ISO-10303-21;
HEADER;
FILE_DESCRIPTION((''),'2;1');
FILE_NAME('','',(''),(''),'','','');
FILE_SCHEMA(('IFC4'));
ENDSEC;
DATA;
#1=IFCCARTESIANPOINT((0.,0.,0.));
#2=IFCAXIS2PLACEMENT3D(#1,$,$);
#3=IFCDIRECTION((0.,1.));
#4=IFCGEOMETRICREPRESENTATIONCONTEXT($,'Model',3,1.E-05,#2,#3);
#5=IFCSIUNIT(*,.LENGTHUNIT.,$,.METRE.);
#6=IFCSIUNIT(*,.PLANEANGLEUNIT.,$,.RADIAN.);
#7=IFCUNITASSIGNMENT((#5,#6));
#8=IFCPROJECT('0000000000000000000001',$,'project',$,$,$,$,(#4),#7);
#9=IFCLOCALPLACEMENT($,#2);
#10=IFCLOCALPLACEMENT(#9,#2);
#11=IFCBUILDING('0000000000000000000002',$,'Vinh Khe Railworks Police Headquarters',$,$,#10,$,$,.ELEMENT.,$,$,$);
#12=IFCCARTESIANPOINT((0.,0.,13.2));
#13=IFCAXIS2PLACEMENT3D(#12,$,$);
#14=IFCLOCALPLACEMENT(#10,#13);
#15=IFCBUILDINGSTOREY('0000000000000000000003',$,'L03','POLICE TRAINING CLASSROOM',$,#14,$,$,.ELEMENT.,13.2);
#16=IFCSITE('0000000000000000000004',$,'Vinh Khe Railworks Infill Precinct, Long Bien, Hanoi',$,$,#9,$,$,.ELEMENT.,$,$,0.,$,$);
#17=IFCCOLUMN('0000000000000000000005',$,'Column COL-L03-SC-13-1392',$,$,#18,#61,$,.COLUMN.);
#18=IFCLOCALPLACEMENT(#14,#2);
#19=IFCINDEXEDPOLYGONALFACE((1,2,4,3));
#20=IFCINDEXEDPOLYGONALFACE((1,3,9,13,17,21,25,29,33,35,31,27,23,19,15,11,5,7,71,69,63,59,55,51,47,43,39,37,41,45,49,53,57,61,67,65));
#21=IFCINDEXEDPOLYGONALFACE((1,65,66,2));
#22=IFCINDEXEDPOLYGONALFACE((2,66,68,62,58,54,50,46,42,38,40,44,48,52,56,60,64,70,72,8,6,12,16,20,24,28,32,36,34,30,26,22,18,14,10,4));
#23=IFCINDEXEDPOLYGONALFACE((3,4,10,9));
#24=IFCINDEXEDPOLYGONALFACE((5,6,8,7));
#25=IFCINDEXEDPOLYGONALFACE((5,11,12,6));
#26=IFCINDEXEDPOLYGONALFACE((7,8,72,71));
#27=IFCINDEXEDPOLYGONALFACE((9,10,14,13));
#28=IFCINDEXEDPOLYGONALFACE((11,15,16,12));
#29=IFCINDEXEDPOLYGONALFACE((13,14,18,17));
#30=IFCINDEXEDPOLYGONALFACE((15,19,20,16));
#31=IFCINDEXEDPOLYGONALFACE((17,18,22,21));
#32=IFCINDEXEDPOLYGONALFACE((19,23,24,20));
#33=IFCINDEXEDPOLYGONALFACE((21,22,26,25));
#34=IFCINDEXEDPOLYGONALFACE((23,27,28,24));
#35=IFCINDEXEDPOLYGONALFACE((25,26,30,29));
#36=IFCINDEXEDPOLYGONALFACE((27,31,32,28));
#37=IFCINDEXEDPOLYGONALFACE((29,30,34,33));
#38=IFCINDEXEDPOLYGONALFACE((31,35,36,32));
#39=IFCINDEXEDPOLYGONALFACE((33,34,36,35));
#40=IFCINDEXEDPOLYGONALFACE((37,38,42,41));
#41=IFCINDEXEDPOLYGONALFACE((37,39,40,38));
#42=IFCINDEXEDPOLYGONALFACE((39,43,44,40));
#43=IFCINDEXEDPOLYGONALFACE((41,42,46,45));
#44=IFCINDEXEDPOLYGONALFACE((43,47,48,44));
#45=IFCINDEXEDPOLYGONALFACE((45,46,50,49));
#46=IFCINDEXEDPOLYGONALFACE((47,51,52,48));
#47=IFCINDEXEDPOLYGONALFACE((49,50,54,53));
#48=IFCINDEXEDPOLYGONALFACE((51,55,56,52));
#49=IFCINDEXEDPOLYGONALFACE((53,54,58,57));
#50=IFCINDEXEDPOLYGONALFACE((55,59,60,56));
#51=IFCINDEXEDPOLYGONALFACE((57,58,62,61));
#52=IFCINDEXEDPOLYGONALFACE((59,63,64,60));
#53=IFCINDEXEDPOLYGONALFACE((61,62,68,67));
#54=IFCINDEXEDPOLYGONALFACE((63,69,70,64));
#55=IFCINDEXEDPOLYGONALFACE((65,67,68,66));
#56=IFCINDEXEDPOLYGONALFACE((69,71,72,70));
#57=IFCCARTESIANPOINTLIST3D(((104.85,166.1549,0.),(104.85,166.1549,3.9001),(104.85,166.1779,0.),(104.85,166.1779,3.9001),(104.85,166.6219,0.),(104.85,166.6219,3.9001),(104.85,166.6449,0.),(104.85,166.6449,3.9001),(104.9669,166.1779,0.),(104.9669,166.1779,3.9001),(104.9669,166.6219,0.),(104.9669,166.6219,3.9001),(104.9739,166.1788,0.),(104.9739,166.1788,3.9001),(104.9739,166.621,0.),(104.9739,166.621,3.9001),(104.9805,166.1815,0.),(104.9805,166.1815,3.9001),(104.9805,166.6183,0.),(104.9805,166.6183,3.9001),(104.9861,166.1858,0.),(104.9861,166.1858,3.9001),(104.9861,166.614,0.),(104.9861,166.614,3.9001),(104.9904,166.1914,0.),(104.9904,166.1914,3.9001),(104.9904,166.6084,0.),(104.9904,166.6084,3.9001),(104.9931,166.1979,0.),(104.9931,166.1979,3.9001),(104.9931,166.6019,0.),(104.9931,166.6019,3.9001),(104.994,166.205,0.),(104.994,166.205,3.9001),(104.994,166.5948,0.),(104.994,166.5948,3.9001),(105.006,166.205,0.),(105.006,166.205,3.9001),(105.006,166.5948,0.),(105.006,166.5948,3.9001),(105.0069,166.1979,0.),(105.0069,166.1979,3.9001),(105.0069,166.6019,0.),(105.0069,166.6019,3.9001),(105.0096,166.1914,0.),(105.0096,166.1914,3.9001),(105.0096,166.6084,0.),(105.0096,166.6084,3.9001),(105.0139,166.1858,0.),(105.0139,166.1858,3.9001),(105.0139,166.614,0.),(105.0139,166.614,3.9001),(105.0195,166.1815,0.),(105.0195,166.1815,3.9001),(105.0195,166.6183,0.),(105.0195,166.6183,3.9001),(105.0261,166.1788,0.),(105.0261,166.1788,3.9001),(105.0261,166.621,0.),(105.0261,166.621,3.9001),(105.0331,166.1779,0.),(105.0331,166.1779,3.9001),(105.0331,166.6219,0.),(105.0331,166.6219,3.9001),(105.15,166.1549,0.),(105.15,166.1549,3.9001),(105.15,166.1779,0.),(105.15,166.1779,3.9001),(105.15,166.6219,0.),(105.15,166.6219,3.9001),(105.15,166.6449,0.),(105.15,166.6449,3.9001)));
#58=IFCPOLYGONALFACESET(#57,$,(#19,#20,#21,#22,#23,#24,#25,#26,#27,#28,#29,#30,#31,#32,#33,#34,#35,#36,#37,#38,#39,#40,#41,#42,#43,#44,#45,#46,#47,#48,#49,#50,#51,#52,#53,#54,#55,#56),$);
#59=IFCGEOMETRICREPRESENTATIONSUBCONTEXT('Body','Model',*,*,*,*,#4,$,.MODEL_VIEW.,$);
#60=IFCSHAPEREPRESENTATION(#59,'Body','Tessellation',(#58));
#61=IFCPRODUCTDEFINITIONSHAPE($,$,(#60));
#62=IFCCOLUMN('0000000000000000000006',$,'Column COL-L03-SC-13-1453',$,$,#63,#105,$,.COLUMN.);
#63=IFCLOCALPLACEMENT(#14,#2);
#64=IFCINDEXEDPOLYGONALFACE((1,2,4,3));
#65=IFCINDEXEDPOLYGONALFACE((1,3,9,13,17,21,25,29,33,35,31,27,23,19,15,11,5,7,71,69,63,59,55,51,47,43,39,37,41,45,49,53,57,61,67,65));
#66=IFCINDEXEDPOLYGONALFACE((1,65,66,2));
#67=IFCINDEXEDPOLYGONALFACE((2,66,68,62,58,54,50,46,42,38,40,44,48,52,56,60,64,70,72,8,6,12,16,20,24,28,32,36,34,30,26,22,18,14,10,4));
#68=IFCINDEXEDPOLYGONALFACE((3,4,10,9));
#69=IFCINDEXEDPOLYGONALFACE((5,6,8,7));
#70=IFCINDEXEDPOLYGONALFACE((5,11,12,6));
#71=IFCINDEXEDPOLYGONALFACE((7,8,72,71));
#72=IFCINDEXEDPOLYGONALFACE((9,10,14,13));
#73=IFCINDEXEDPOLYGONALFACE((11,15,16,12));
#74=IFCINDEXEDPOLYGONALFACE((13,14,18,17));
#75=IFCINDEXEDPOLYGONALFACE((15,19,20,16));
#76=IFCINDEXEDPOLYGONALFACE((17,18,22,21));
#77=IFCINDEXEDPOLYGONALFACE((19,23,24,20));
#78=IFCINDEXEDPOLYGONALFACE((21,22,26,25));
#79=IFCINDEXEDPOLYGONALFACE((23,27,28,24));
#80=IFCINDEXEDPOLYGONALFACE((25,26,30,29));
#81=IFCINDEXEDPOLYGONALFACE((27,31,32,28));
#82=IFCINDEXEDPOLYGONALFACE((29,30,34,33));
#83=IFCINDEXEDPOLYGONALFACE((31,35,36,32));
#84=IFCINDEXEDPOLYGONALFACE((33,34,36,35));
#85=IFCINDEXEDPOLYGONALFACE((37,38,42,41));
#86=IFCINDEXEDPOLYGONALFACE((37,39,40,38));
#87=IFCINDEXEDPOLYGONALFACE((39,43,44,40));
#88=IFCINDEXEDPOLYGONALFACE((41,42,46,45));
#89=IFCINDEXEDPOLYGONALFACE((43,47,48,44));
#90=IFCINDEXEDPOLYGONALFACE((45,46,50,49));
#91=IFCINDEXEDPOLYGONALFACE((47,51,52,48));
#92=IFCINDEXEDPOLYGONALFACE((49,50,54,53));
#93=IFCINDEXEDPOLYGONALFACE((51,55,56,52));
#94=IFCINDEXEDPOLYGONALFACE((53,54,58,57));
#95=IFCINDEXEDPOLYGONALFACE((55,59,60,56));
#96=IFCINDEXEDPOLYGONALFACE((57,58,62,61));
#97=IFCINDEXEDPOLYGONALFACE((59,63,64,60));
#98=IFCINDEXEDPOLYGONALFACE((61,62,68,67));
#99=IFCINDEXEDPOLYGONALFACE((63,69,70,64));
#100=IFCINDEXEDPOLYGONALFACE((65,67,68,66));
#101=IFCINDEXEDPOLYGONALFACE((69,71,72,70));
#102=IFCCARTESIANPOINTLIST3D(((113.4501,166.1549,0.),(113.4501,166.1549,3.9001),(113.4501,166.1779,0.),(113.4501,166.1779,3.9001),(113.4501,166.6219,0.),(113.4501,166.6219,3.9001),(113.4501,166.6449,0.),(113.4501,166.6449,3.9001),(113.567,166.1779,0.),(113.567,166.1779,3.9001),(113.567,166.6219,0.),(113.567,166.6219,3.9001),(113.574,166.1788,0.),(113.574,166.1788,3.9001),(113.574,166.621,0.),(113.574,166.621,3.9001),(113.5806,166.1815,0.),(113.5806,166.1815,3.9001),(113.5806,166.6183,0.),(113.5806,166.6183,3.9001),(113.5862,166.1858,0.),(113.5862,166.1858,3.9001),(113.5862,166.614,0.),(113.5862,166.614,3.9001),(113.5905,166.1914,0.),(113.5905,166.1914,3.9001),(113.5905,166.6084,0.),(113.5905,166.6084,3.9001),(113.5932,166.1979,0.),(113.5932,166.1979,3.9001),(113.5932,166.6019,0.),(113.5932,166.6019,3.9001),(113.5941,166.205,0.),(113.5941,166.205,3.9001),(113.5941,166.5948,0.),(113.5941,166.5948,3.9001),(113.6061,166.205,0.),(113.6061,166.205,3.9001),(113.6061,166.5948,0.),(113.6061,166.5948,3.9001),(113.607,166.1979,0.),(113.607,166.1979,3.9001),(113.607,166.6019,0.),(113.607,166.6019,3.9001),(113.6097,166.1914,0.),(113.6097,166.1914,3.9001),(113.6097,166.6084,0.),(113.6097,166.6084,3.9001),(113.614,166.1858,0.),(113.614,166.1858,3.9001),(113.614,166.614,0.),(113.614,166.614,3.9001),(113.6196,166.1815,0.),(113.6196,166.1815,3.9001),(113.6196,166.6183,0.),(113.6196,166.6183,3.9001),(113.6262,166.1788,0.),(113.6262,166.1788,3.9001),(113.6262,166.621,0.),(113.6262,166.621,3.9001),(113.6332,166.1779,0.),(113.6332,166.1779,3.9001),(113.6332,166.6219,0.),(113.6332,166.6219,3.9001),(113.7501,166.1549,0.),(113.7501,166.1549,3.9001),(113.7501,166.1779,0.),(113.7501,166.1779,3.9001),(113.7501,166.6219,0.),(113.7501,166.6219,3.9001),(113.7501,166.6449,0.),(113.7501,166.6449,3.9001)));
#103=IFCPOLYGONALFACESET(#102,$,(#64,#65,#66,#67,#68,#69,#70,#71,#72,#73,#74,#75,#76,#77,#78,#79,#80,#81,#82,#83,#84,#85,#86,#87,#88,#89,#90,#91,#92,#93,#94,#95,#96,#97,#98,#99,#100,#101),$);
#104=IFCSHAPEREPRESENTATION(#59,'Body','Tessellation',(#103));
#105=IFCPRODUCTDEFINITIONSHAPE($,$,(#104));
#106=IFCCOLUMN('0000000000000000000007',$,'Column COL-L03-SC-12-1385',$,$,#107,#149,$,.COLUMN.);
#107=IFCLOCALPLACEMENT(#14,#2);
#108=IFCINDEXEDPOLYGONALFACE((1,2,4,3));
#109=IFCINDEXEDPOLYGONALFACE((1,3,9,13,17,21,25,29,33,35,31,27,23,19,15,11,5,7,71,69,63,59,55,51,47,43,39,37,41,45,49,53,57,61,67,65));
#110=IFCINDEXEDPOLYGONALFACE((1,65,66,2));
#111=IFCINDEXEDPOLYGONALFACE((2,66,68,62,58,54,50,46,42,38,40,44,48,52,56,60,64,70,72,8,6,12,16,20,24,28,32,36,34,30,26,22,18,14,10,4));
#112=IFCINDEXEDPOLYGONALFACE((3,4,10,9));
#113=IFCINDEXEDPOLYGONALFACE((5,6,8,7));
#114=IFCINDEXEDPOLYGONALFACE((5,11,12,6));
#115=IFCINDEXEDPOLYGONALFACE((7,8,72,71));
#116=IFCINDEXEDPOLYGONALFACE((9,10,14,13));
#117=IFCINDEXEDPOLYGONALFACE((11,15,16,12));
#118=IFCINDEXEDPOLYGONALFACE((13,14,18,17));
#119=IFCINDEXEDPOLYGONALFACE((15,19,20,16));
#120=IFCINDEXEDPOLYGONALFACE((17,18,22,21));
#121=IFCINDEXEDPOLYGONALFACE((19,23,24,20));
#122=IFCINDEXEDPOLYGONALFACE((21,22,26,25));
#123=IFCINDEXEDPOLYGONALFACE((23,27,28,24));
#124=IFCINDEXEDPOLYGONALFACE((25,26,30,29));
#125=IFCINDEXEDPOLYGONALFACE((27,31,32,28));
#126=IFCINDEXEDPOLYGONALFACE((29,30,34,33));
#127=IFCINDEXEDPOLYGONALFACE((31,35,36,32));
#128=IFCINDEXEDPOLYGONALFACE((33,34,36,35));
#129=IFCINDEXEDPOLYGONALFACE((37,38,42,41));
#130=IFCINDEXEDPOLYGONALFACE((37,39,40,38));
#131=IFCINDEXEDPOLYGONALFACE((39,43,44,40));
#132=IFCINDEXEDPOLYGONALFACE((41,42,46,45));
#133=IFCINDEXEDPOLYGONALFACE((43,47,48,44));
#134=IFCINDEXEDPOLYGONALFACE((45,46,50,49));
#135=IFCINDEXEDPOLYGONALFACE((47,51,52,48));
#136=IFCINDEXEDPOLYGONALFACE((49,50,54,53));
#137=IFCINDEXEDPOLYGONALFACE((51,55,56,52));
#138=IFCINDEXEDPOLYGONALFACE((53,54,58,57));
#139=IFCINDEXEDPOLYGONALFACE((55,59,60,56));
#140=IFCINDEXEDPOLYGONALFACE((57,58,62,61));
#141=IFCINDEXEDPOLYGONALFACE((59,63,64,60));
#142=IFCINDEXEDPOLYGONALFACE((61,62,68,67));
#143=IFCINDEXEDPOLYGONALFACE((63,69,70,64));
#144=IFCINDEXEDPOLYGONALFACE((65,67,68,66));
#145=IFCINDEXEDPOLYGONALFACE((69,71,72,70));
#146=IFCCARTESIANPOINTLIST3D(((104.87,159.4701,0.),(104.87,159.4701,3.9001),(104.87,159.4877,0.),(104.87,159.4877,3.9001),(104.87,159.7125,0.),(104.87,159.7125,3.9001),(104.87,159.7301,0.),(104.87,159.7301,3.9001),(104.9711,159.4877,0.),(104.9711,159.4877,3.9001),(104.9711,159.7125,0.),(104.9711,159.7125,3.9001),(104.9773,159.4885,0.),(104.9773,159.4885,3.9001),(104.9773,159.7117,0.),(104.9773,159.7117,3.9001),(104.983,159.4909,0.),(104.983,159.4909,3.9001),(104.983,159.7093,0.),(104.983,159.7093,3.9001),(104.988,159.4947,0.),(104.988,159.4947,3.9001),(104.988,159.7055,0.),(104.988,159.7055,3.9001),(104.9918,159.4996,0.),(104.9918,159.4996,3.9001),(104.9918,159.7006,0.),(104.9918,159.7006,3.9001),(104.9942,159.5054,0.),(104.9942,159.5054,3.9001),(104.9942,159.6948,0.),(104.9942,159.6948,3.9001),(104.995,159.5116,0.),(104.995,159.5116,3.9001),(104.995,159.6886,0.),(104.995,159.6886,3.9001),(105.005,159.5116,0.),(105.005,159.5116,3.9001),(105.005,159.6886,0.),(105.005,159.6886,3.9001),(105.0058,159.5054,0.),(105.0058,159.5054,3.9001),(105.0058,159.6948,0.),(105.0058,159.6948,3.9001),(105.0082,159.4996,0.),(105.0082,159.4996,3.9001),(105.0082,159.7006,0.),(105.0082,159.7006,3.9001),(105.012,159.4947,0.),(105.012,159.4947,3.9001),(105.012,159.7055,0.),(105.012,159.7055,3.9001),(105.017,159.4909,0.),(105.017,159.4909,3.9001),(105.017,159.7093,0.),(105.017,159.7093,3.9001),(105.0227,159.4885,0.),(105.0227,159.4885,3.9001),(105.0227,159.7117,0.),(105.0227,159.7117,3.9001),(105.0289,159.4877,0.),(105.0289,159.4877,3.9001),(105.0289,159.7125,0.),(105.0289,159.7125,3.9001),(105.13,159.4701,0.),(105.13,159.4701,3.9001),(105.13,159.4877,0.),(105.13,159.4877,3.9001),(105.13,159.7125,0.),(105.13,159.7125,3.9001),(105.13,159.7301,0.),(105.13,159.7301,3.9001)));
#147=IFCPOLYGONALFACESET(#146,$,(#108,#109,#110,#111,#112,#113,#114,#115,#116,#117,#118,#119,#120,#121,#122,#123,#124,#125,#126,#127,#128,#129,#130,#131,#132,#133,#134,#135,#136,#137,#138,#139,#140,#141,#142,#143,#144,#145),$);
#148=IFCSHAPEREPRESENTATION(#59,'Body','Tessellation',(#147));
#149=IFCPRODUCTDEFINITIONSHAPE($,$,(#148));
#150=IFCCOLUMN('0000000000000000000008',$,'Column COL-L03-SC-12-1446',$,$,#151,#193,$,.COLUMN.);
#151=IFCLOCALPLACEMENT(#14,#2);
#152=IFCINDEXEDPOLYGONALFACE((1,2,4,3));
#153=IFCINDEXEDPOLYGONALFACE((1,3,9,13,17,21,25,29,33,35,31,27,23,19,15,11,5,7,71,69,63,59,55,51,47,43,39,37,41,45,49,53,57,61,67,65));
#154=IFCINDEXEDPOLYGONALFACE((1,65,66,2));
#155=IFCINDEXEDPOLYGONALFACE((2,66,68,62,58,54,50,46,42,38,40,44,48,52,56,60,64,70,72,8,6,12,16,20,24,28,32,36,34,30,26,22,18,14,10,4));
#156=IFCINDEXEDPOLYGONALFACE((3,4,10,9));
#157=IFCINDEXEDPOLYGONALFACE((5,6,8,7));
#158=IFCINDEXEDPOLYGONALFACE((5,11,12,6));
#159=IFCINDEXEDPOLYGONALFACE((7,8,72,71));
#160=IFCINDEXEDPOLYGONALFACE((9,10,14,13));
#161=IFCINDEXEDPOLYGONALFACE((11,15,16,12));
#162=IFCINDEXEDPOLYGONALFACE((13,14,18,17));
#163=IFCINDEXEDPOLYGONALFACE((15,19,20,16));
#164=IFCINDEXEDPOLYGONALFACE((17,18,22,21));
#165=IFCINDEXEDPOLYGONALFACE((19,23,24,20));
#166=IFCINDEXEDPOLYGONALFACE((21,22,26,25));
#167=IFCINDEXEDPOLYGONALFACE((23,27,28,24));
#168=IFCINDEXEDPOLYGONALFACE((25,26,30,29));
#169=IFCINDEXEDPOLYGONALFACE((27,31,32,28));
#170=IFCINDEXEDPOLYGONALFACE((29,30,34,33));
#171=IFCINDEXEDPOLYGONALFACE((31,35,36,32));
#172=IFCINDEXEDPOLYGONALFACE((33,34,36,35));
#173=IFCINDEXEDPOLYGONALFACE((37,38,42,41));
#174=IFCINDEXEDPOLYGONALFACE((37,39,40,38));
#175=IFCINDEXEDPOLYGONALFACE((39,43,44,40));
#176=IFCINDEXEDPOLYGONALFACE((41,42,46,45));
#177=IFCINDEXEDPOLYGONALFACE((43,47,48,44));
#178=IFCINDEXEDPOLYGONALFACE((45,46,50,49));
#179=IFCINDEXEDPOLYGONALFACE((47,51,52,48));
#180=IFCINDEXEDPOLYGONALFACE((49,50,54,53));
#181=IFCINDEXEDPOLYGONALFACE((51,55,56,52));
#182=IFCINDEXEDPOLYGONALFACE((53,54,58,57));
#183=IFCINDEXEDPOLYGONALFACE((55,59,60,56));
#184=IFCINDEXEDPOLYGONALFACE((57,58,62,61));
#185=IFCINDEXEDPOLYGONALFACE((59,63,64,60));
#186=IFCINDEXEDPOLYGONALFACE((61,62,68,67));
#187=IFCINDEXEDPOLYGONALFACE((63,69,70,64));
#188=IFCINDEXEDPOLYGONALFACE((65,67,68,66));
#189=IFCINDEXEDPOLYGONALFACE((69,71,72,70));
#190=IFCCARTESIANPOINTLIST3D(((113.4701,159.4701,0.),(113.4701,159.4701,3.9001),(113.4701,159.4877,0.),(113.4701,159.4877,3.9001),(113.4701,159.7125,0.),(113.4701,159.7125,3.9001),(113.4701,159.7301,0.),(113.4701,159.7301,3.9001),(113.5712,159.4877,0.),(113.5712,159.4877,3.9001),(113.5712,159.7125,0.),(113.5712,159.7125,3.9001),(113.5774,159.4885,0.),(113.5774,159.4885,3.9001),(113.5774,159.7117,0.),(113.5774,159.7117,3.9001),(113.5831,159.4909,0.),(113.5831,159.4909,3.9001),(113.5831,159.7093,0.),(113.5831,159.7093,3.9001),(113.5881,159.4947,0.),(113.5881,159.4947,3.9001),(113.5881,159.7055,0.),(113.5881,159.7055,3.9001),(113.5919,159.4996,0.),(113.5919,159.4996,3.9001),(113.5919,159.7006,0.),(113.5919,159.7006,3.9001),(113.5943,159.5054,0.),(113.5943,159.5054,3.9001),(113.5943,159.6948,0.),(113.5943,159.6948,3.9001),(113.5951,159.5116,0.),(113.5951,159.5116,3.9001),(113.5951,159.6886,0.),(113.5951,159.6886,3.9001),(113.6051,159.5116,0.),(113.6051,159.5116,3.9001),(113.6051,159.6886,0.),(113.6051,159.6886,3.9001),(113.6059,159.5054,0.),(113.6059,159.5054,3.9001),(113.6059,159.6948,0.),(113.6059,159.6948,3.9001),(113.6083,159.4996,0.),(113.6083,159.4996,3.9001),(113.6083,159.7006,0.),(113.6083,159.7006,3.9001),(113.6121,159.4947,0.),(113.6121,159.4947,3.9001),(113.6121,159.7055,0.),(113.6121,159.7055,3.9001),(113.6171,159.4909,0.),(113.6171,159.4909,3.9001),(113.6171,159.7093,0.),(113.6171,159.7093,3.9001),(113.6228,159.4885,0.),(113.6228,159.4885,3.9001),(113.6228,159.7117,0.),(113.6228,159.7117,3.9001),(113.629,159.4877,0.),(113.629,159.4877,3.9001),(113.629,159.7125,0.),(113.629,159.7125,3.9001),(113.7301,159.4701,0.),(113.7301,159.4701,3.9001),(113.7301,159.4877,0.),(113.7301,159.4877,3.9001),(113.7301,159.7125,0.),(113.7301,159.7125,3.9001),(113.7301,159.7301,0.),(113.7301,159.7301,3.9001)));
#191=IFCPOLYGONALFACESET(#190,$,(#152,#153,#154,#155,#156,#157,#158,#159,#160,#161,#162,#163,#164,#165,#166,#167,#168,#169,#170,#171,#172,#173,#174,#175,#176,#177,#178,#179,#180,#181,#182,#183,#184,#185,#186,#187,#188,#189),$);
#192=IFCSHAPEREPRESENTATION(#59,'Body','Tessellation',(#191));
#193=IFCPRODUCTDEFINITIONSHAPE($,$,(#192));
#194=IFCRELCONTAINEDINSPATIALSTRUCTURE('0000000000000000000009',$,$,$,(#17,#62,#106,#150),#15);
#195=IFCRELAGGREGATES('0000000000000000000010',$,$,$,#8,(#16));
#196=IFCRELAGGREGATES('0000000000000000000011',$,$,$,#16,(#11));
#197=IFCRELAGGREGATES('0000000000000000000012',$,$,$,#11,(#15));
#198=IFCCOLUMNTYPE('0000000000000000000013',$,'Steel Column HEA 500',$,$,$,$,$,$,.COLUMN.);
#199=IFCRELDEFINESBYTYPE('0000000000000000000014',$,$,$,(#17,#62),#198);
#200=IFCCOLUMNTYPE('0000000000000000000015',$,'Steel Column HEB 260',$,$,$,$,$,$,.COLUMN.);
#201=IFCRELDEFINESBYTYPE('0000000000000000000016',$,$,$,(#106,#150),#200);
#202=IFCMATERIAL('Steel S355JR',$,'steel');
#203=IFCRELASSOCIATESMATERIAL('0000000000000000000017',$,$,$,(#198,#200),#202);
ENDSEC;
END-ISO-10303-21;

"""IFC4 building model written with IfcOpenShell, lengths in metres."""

from ifc_helpers import new_model, si_unit, direction, frame, origin, origin_2d, place, context, subcontext, project, spatial, i_section, extrude, material, material_profile, profile_set, type_object, element, save


model = new_model("IFC4")

# Units and contexts
model_context = context("Model", 3, precision=1e-05, world=origin(), true_north=direction((0.0, 1.0)))
body_context = subcontext(model_context, "Body", "Model", "MODEL_VIEW")
ifc_project = project(units=[si_unit("LENGTHUNIT", "METRE"), si_unit("PLANEANGLEUNIT", "RADIAN")], contexts=[model_context])

# Site, building, storey
site_placement = place(None, origin())
site = spatial("IfcSite", under=ifc_project, at=site_placement, Name="Vinh Khe Railworks Infill Precinct, Long Bien, Hanoi", CompositionType="ELEMENT", RefElevation=0.0)
building_placement = place(site_placement, origin())
building = spatial("IfcBuilding", under=site, at=building_placement, Name="Vinh Khe Railworks Police Headquarters", CompositionType="ELEMENT")
storey_placement = place(building_placement, frame((0.0, 0.0, 13.2)))
storey = spatial("IfcBuildingStorey", under=building, at=storey_placement, Name="L03", Description="POLICE TRAINING CLASSROOM", CompositionType="ELEMENT", Elevation=13.2)

# Columns
ifc_material_1 = material(Name="Steel S355JR", Category="steel")
ifc_material_profile_1 = material_profile(ifc_material_1, i_section(OverallWidth=0.3, OverallDepth=0.49, WebThickness=0.012, FlangeThickness=0.0229, FilletRadius=0.0271, at=origin_2d()), Name="HEA 500")
ifc_profile_set_1 = profile_set([ifc_material_profile_1], Name="Steel S355JR")
column_type_1 = type_object("IfcColumnType", Name="Steel Column HEA 500", PredefinedType="COLUMN", material=ifc_profile_set_1)
for number, where, z_axis, x_axis, name in (
    (1, (105.0, 166.3999, 0.0), (0.0, 0.0, 1.0), (1.0, 0.0, 0.0), "Column COL-L03-SC-13-1392"),
    (2, (113.6001, 166.3999, 0.0), (0.0, 0.0, 1.0), (1.0, 0.0, 0.0), "Column COL-L03-SC-13-1453"),
):
    element("IfcColumn", number, at=place(storey_placement, frame(where, z_axis=z_axis, x_axis=x_axis)), inside=storey, type_object=column_type_1, Name=name, PredefinedType="COLUMN", context=body_context, shape_type="SweptSolid", body=[
        extrude(i_section(OverallWidth=0.3, OverallDepth=0.49, WebThickness=0.012, FlangeThickness=0.0229, FilletRadius=0.0271, at=origin_2d()), origin(), (0.0, 0.0, 1.0), 3.9001),
    ])
ifc_material_profile_2 = material_profile(ifc_material_1, i_section(OverallWidth=0.26, OverallDepth=0.26, WebThickness=0.01, FlangeThickness=0.0176, FilletRadius=0.0239, at=origin_2d()), Name="HEB 260")
ifc_profile_set_2 = profile_set([ifc_material_profile_2], Name="Steel S355JR")
column_type_2 = type_object("IfcColumnType", Name="Steel Column HEB 260", PredefinedType="COLUMN", material=ifc_profile_set_2)
for number, where, z_axis, x_axis, name in (
    (3, (105.0, 159.6001, 0.0), (0.0, 0.0, 1.0), (1.0, 0.0, 0.0), "Column COL-L03-SC-12-1385"),
    (4, (113.6001, 159.6001, 0.0), (0.0, 0.0, 1.0), (1.0, 0.0, 0.0), "Column COL-L03-SC-12-1446"),
):
    element("IfcColumn", number, at=place(storey_placement, frame(where, z_axis=z_axis, x_axis=x_axis)), inside=storey, type_object=column_type_2, Name=name, PredefinedType="COLUMN", context=body_context, shape_type="SweptSolid", body=[
        extrude(i_section(OverallWidth=0.26, OverallDepth=0.26, WebThickness=0.01, FlangeThickness=0.0176, FilletRadius=0.0239, at=origin_2d()), origin(), (0.0, 0.0, 1.0), 3.9001),
    ])

save(model, "model.ifc")
